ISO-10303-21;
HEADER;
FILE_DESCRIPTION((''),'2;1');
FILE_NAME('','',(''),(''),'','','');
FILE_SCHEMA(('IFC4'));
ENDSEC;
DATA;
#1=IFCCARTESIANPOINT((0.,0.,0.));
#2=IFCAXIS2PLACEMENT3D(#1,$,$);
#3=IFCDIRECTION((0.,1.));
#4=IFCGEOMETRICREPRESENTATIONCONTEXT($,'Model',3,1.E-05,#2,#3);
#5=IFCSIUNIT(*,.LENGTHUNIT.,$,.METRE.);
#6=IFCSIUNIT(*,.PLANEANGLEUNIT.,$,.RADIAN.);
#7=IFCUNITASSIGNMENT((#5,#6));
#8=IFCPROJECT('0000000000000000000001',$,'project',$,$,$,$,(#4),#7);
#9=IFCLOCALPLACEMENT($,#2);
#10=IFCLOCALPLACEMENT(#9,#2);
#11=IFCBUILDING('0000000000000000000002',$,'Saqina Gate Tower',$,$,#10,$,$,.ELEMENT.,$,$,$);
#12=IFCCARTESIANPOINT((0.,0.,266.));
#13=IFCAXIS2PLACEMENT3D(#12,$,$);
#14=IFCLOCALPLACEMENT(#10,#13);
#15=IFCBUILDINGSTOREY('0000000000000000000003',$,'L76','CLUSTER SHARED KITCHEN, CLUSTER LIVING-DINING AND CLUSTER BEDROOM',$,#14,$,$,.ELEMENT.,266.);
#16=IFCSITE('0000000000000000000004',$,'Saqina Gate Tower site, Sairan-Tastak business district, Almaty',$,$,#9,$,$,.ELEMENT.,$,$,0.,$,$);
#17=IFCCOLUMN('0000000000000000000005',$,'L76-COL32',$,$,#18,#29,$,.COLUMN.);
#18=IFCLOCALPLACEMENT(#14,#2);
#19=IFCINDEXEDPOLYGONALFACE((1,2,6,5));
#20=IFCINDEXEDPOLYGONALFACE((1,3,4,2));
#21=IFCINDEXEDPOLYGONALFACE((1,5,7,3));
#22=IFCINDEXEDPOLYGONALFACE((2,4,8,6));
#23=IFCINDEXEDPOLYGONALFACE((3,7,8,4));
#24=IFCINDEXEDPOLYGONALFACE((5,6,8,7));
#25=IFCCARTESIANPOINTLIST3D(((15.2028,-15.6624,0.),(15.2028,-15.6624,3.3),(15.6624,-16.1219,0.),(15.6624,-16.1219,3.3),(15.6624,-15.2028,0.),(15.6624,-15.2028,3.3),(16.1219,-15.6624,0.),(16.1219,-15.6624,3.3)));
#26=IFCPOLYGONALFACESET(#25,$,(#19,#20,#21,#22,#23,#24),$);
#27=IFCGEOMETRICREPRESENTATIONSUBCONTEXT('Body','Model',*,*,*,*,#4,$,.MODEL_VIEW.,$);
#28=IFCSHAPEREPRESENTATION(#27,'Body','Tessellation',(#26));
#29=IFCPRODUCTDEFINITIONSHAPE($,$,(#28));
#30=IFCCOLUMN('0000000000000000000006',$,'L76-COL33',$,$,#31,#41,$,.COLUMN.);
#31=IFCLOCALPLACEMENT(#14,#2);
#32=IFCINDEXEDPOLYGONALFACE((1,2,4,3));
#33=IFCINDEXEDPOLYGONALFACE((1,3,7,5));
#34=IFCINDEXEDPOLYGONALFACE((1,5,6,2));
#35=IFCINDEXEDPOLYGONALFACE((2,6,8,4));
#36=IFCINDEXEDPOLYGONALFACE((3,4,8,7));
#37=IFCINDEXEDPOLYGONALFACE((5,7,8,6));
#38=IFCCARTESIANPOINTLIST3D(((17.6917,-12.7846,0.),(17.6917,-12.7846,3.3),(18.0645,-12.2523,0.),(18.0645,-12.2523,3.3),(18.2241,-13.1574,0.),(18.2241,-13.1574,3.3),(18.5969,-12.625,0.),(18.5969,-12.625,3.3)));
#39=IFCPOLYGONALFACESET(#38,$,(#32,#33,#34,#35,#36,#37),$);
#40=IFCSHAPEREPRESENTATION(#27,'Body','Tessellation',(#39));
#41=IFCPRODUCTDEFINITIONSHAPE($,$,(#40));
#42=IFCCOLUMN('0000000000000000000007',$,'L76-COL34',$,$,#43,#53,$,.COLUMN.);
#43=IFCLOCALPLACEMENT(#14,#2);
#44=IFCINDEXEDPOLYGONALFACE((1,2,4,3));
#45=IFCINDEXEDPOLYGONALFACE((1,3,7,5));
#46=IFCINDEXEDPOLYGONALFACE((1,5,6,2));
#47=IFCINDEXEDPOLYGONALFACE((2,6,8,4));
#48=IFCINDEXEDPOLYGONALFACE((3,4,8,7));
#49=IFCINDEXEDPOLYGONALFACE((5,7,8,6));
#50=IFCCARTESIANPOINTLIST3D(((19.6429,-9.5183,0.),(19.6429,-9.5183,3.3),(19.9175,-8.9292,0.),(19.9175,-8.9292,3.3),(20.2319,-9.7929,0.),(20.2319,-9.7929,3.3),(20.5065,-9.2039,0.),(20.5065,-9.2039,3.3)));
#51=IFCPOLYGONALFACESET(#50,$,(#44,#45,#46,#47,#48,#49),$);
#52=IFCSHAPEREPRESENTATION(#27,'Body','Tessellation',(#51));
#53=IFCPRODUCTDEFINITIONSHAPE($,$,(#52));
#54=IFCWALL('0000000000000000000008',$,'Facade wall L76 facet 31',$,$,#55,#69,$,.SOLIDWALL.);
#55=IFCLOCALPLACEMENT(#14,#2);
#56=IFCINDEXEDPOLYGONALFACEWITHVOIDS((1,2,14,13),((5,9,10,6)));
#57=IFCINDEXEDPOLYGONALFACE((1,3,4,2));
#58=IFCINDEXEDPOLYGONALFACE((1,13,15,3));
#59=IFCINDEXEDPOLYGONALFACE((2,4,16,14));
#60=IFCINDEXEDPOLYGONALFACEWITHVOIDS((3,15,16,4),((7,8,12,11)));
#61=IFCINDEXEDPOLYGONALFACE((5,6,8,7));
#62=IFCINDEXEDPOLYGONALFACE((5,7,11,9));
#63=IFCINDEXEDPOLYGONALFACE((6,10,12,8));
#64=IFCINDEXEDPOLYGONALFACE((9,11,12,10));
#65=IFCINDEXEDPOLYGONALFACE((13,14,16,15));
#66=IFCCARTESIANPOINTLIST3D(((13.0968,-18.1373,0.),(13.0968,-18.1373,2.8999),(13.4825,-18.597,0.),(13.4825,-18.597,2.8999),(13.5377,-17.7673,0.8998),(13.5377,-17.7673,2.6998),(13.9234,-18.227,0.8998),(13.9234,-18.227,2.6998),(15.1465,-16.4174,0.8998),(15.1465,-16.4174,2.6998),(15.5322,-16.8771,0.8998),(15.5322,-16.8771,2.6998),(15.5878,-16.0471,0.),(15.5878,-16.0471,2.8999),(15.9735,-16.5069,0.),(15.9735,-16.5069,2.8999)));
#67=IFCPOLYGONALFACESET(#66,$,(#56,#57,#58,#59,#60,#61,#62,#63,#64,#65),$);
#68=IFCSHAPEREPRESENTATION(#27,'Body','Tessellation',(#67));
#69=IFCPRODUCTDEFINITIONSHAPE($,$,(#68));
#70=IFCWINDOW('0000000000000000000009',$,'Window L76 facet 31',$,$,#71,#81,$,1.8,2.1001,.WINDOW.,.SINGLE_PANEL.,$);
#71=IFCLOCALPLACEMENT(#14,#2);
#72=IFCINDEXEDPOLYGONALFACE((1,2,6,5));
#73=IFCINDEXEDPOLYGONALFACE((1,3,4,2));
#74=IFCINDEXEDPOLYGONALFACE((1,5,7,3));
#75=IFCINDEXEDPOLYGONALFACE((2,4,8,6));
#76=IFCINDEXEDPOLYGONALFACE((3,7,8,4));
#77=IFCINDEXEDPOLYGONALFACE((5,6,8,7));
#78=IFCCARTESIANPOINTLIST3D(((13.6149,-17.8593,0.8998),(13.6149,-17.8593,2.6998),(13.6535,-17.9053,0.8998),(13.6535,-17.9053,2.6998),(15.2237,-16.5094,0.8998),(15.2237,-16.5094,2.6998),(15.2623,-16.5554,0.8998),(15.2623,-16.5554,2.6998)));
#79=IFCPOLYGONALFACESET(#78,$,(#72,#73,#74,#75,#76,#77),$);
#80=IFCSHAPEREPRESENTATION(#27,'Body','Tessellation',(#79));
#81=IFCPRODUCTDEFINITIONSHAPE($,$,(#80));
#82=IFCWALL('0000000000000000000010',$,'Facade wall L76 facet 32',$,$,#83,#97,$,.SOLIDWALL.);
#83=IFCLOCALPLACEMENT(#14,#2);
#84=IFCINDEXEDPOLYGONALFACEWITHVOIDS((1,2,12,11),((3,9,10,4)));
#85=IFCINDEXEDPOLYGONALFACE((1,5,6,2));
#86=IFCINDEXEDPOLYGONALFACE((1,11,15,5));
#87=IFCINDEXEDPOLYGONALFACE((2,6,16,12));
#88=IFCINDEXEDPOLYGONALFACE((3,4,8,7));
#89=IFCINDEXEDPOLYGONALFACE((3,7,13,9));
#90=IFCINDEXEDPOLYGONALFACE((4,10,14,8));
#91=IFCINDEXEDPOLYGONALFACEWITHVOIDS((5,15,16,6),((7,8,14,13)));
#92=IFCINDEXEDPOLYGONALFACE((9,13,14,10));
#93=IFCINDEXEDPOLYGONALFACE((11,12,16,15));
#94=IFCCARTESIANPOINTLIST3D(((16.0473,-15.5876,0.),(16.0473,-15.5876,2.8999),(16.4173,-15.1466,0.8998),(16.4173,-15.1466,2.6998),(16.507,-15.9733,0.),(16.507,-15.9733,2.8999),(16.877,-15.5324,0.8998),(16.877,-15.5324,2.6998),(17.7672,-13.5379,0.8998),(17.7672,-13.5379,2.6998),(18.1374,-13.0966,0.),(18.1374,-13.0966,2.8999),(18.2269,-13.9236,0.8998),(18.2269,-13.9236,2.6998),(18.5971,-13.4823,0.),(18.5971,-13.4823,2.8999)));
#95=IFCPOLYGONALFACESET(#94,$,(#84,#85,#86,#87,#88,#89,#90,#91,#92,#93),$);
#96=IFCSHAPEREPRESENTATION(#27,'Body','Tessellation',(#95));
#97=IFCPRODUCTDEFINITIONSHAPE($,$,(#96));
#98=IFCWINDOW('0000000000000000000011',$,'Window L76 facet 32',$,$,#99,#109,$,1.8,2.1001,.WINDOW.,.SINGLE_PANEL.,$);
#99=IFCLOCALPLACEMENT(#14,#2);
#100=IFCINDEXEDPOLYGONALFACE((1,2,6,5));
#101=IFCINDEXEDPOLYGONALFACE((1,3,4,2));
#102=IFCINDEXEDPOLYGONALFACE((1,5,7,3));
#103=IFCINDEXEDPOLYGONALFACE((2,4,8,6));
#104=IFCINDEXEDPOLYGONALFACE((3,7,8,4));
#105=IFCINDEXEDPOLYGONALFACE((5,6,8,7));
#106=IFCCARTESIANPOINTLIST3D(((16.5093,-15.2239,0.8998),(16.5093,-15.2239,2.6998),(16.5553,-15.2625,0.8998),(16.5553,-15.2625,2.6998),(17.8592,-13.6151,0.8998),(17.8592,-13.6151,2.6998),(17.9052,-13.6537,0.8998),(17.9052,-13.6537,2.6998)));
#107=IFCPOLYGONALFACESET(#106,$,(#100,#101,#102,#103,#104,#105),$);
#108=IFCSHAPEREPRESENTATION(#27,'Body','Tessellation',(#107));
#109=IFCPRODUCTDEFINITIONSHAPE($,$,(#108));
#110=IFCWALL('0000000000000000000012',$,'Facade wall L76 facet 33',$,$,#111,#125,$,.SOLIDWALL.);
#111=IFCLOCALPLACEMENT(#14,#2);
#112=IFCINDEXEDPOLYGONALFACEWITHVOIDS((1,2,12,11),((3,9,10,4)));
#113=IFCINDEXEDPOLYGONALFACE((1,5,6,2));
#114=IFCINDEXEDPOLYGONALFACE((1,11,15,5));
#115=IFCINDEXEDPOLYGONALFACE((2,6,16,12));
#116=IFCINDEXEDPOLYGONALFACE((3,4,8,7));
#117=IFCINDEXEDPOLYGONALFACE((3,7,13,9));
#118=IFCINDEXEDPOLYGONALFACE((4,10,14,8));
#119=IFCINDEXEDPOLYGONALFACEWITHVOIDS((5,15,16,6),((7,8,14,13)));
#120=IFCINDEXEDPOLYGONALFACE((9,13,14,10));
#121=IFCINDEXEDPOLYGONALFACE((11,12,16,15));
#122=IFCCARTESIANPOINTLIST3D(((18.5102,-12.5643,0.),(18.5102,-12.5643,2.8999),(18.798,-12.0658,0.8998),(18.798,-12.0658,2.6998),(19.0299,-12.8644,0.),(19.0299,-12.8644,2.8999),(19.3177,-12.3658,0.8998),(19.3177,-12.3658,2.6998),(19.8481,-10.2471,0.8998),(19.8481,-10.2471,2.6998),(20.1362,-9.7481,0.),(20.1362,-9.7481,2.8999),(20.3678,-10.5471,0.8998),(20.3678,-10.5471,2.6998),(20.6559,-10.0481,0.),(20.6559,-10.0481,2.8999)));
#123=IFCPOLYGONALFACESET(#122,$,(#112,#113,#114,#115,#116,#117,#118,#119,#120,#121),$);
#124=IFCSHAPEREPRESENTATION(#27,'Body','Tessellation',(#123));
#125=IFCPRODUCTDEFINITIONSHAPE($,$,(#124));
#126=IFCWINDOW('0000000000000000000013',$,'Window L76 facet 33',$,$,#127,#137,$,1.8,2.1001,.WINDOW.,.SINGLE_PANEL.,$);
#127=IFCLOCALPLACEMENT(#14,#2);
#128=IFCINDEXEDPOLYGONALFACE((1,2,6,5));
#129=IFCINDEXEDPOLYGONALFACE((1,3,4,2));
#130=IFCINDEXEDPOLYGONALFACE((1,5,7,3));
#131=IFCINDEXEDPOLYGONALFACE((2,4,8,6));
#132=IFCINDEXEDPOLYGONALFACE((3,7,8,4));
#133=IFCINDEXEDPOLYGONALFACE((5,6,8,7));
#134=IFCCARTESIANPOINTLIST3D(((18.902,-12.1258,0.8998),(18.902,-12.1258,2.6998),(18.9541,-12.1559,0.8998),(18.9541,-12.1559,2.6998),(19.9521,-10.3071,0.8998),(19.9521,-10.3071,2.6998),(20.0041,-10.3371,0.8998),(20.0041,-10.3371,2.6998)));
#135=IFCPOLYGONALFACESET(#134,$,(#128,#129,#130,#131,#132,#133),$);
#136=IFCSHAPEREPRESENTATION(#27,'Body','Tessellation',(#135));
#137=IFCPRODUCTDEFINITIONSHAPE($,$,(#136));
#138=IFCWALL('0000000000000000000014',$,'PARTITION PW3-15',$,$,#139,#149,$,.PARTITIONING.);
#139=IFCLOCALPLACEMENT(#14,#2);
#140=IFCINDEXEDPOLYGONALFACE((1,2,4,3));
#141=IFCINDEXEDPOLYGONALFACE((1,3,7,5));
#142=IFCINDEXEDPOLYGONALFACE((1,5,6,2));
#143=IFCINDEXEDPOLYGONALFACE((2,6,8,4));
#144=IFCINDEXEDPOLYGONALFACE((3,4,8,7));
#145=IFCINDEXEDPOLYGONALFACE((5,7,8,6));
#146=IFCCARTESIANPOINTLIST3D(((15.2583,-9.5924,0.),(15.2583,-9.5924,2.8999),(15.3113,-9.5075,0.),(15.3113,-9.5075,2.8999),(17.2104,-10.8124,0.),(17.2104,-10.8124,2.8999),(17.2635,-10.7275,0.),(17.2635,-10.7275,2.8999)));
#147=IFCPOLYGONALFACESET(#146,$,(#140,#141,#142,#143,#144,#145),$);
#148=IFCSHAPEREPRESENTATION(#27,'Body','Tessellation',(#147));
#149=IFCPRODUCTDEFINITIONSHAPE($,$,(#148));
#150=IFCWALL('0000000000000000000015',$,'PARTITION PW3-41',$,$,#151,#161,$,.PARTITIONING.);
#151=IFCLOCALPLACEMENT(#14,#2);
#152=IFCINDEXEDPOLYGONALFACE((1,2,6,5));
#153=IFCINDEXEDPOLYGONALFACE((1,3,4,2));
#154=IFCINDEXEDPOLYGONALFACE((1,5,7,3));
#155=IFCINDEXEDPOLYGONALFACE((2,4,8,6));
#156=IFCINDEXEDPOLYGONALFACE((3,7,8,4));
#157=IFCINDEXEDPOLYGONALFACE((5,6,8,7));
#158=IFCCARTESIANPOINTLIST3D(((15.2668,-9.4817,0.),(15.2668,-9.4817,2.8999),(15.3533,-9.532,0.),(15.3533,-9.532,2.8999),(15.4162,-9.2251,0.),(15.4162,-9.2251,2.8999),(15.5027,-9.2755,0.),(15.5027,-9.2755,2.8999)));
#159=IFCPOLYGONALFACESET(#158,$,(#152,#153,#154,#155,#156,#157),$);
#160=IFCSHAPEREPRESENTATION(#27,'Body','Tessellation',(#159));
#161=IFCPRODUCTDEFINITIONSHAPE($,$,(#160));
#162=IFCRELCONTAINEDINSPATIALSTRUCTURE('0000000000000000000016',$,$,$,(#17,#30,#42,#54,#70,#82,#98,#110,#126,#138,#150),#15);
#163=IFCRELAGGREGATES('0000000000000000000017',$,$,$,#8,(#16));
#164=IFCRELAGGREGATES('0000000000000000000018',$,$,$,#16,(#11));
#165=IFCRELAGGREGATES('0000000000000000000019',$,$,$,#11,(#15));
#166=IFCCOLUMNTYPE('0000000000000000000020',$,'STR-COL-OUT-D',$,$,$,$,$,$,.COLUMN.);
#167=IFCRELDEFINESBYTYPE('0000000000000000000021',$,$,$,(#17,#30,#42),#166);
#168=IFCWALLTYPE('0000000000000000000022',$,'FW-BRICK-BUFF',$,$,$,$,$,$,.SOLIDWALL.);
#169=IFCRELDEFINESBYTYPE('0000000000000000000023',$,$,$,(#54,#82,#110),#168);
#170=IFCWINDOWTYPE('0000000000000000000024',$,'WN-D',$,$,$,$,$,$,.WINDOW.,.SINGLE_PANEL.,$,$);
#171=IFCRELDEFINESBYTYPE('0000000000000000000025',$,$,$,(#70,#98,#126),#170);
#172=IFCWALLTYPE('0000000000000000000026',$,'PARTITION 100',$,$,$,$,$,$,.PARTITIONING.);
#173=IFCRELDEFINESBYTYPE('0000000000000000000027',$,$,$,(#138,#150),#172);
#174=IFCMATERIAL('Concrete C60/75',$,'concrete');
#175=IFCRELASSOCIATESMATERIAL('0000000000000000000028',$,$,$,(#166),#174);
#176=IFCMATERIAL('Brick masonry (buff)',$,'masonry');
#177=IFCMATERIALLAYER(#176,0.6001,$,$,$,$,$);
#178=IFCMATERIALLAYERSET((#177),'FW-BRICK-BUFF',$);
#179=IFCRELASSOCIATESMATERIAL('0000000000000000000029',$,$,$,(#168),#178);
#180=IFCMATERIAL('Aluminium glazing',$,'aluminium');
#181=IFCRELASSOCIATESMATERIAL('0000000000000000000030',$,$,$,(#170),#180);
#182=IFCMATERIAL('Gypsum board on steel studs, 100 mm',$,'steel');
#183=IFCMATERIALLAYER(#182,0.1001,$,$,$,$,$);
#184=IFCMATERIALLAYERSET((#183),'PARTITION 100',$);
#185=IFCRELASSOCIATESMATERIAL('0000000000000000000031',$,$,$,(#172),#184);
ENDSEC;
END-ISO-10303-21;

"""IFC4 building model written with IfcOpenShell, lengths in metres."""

from ifc_helpers import new_model, si_unit, direction, frame, frame_2d, origin, origin_2d, place, context, subcontext, project, spatial, rectangle, extrude, material, layer, layer_set, material_profile, profile_set, type_object, element, fill, save


model = new_model("IFC4")

# Units and contexts
model_context = context("Model", 3, precision=1e-05, world=origin(), true_north=direction((0.0, 1.0)))
body_context = subcontext(model_context, "Body", "Model", "MODEL_VIEW")
ifc_project = project(units=[si_unit("LENGTHUNIT", "METRE"), si_unit("PLANEANGLEUNIT", "RADIAN")], contexts=[model_context])

# Site, building, storey
site_placement = place(None, origin())
site = spatial("IfcSite", under=ifc_project, at=site_placement, Name="Saqina Gate Tower site, Sairan-Tastak business district, Almaty", CompositionType="ELEMENT", RefElevation=0.0)
building_placement = place(site_placement, origin())
building = spatial("IfcBuilding", under=site, at=building_placement, Name="Saqina Gate Tower", CompositionType="ELEMENT")
storey_placement = place(building_placement, frame((0.0, 0.0, 266.0)))
storey = spatial("IfcBuildingStorey", under=building, at=storey_placement, Name="L76", Description="CLUSTER SHARED KITCHEN, CLUSTER LIVING-DINING AND CLUSTER BEDROOM", CompositionType="ELEMENT", Elevation=266.0)

# Columns
ifc_material_1 = material(Name="Concrete C60/75", Category="concrete")
ifc_material_profile = material_profile(ifc_material_1, rectangle(XDim=0.6499, YDim=0.6499, at=origin_2d()), Name="RC 650x650")
ifc_profile_set = profile_set([ifc_material_profile], Name="Concrete C60/75")
column_type = type_object("IfcColumnType", Name="STR-COL-OUT-D", PredefinedType="COLUMN", material=ifc_profile_set)
for number, where, z_axis, x_axis, name in (
    (1, (15.6624, -15.6624, 0.0), (0.0, 0.0, 1.0), (0.707107, -0.707107, 0.0), "L76-COL32"),
    (2, (18.1443, -12.7048, 0.0), (0.0, 0.0, 1.0), (0.819152, -0.573576, 0.0), "L76-COL33"),
    (3, (20.0747, -9.3611, 0.0), (0.0, 0.0, 1.0), (0.906308, -0.422618, 0.0), "L76-COL34"),
):
    element("IfcColumn", number, at=place(storey_placement, frame(where, z_axis=z_axis, x_axis=x_axis)), inside=storey, type_object=column_type, Name=name, PredefinedType="COLUMN", context=body_context, shape_type="SweptSolid", body=[
        extrude(rectangle(XDim=0.6499, YDim=0.6499, at=origin_2d()), origin(), (0.0, 0.0, 1.0), 3.3),
    ])

# Walls, openings, windows
ifc_material_2 = material(Name="Brick masonry (buff)", Category="masonry")
ifc_layer_1 = layer(ifc_material_2, 0.6001)
ifc_layer_set_1 = layer_set([ifc_layer_1], Name="FW-BRICK-BUFF")
wall_type_1 = type_object("IfcWallType", Name="FW-BRICK-BUFF", PredefinedType="SOLIDWALL", material=ifc_layer_set_1)
wall_1_placement = place(storey_placement, frame((13.2896, -18.3672, 0.0), z_axis=(0.0, 0.0, 1.0), x_axis=(0.766057, 0.642773, 0.0)))
wall_1 = element("IfcWall", 4, at=wall_1_placement, inside=storey, type_object=wall_type_1, Name="Facade wall L76 facet 31", PredefinedType="SOLIDWALL", context=body_context, shape_type="SweptSolid", body=[
    extrude(rectangle(XDim=3.2517, YDim=0.6001, at=frame_2d((1.626, 0.0))), origin(), (0.0, 0.0, 1.0), 2.8999),
])
opening_1_placement = place(wall_1_placement, frame((0.5757, 0.0, 0.8999)))
opening_1 = element("IfcOpeningElement", 5, at=opening_1_placement, cuts=wall_1, PredefinedType="OPENING", context=body_context, shape_type="SweptSolid", body=[
    extrude(rectangle(XDim=2.1001, YDim=1.8, at=frame_2d((1.05, 0.8999))), frame((0.0, 0.312, 0.0), z_axis=(0.0, -1.0, 0.0), x_axis=(1.0, 0.0, 0.0)), (0.0, 0.0, 1.0), 0.624),
])
ifc_material_3 = material(Name="Aluminium glazing", Category="aluminium")
window_type = type_object("IfcWindowType", Name="WN-D", PartitioningType="SINGLE_PANEL", PredefinedType="WINDOW", material=ifc_material_3)
window_1_placement = place(opening_1_placement, origin())
window_1 = element("IfcWindow", 6, at=window_1_placement, inside=storey, type_object=window_type, Name="Window L76 facet 31", OverallHeight=1.8, OverallWidth=2.1001, PartitioningType="SINGLE_PANEL", PredefinedType="WINDOW", context=body_context, shape_type="SweptSolid", body=[
    extrude(rectangle(XDim=2.1001, YDim=1.8, at=frame_2d((1.05, 0.8999))), frame((0.0, 0.1799, 0.0), z_axis=(0.0, -1.0, 0.0), x_axis=(1.0, 0.0, 0.0)), (0.0, 0.0, 1.0), 0.0601),
])
fill(opening_1, window_1)
wall_2_placement = place(storey_placement, frame((16.2771, -15.7805, 0.0), z_axis=(0.0, 0.0, 1.0), x_axis=(0.642773, 0.766057, 0.0)))
wall_2 = element("IfcWall", 7, at=wall_2_placement, inside=storey, type_object=wall_type_1, Name="Facade wall L76 facet 32", PredefinedType="SOLIDWALL", context=body_context, shape_type="SweptSolid", body=[
    extrude(rectangle(XDim=3.2517, YDim=0.6001, at=frame_2d((1.626, 0.0))), origin(), (0.0, 0.0, 1.0), 2.8999),
])
opening_2_placement = place(wall_2_placement, frame((0.5757, 0.0, 0.8999)))
opening_2 = element("IfcOpeningElement", 8, at=opening_2_placement, cuts=wall_2, PredefinedType="OPENING", context=body_context, shape_type="SweptSolid", body=[
    extrude(rectangle(XDim=2.1001, YDim=1.8, at=frame_2d((1.05, 0.8999))), frame((0.0, 0.312, 0.0), z_axis=(0.0, -1.0, 0.0), x_axis=(1.0, 0.0, 0.0)), (0.0, 0.0, 1.0), 0.624),
])
window_2_placement = place(opening_2_placement, origin())
window_2 = element("IfcWindow", 9, at=window_2_placement, inside=storey, type_object=window_type, Name="Window L76 facet 32", OverallHeight=1.8, OverallWidth=2.1001, PartitioningType="SINGLE_PANEL", PredefinedType="WINDOW", context=body_context, shape_type="SweptSolid", body=[
    extrude(rectangle(XDim=2.1001, YDim=1.8, at=frame_2d((1.05, 0.8999))), frame((0.0, 0.1799, 0.0), z_axis=(0.0, -1.0, 0.0), x_axis=(1.0, 0.0, 0.0)), (0.0, 0.0, 1.0), 0.0601),
])
fill(opening_2, window_2)
wall_3_placement = place(storey_placement, frame((18.77, -12.7144, 0.0), z_axis=(0.0, 0.0, 1.0), x_axis=(0.500015, 0.866017, 0.0)))
wall_3 = element("IfcWall", 10, at=wall_3_placement, inside=storey, type_object=wall_type_1, Name="Facade wall L76 facet 33", PredefinedType="SOLIDWALL", context=body_context, shape_type="SweptSolid", body=[
    extrude(rectangle(XDim=3.252, YDim=0.6001, at=frame_2d((1.626, 0.0))), origin(), (0.0, 0.0, 1.0), 2.8999),
])
opening_3_placement = place(wall_3_placement, frame((0.5757, 0.0, 0.8999)))
opening_3 = element("IfcOpeningElement", 11, at=opening_3_placement, cuts=wall_3, PredefinedType="OPENING", context=body_context, shape_type="SweptSolid", body=[
    extrude(rectangle(XDim=2.1001, YDim=1.8, at=frame_2d((1.05, 0.8999))), frame((0.0, 0.312, 0.0), z_axis=(0.0, -1.0, 0.0), x_axis=(1.0, 0.0, 0.0)), (0.0, 0.0, 1.0), 0.624),
])
window_3_placement = place(opening_3_placement, origin())
window_3 = element("IfcWindow", 12, at=window_3_placement, inside=storey, type_object=window_type, Name="Window L76 facet 33", OverallHeight=1.8, OverallWidth=2.1001, PartitioningType="SINGLE_PANEL", PredefinedType="WINDOW", context=body_context, shape_type="SweptSolid", body=[
    extrude(rectangle(XDim=2.1001, YDim=1.8, at=frame_2d((1.05, 0.8999))), frame((0.0, 0.1799, 0.0), z_axis=(0.0, -1.0, 0.0), x_axis=(1.0, 0.0, 0.0)), (0.0, 0.0, 1.0), 0.0601),
])
fill(opening_3, window_3)

# Walls
ifc_material_4 = material(Name="Gypsum board on steel studs, 100 mm", Category="steel")
ifc_layer_2 = layer(ifc_material_4, 0.1001)
ifc_layer_set_2 = layer_set([ifc_layer_2], Name="PARTITION 100")
wall_type_2 = type_object("IfcWallType", Name="PARTITION 100", PredefinedType="PARTITIONING", material=ifc_layer_set_2)
wall_4_placement = place(storey_placement, frame((15.2849, -9.55, 0.0), z_axis=(0.0, 0.0, 1.0), x_axis=(0.848022, -0.529961, 0.0)))
element("IfcWall", 13, at=wall_4_placement, inside=storey, type_object=wall_type_2, Name="PARTITION PW3-15", PredefinedType="PARTITIONING", context=body_context, shape_type="SweptSolid", body=[
    extrude(rectangle(XDim=2.302, YDim=0.1001, at=frame_2d((1.1509, 0.0))), origin(), (0.0, 0.0, 1.0), 2.8999),
])
wall_5_placement = place(storey_placement, frame((15.3101, -9.5068, 0.0), z_axis=(0.0, 0.0, 1.0), x_axis=(0.503206, 0.864166, 0.0)))
element("IfcWall", 14, at=wall_5_placement, inside=storey, type_object=wall_type_2, Name="PARTITION PW3-41", PredefinedType="PARTITIONING", context=body_context, shape_type="SweptSolid", body=[
    extrude(rectangle(XDim=0.2969, YDim=0.1001, at=frame_2d((0.1484, 0.0))), origin(), (0.0, 0.0, 1.0), 2.8999),
])

save(model, "model.ifc")
